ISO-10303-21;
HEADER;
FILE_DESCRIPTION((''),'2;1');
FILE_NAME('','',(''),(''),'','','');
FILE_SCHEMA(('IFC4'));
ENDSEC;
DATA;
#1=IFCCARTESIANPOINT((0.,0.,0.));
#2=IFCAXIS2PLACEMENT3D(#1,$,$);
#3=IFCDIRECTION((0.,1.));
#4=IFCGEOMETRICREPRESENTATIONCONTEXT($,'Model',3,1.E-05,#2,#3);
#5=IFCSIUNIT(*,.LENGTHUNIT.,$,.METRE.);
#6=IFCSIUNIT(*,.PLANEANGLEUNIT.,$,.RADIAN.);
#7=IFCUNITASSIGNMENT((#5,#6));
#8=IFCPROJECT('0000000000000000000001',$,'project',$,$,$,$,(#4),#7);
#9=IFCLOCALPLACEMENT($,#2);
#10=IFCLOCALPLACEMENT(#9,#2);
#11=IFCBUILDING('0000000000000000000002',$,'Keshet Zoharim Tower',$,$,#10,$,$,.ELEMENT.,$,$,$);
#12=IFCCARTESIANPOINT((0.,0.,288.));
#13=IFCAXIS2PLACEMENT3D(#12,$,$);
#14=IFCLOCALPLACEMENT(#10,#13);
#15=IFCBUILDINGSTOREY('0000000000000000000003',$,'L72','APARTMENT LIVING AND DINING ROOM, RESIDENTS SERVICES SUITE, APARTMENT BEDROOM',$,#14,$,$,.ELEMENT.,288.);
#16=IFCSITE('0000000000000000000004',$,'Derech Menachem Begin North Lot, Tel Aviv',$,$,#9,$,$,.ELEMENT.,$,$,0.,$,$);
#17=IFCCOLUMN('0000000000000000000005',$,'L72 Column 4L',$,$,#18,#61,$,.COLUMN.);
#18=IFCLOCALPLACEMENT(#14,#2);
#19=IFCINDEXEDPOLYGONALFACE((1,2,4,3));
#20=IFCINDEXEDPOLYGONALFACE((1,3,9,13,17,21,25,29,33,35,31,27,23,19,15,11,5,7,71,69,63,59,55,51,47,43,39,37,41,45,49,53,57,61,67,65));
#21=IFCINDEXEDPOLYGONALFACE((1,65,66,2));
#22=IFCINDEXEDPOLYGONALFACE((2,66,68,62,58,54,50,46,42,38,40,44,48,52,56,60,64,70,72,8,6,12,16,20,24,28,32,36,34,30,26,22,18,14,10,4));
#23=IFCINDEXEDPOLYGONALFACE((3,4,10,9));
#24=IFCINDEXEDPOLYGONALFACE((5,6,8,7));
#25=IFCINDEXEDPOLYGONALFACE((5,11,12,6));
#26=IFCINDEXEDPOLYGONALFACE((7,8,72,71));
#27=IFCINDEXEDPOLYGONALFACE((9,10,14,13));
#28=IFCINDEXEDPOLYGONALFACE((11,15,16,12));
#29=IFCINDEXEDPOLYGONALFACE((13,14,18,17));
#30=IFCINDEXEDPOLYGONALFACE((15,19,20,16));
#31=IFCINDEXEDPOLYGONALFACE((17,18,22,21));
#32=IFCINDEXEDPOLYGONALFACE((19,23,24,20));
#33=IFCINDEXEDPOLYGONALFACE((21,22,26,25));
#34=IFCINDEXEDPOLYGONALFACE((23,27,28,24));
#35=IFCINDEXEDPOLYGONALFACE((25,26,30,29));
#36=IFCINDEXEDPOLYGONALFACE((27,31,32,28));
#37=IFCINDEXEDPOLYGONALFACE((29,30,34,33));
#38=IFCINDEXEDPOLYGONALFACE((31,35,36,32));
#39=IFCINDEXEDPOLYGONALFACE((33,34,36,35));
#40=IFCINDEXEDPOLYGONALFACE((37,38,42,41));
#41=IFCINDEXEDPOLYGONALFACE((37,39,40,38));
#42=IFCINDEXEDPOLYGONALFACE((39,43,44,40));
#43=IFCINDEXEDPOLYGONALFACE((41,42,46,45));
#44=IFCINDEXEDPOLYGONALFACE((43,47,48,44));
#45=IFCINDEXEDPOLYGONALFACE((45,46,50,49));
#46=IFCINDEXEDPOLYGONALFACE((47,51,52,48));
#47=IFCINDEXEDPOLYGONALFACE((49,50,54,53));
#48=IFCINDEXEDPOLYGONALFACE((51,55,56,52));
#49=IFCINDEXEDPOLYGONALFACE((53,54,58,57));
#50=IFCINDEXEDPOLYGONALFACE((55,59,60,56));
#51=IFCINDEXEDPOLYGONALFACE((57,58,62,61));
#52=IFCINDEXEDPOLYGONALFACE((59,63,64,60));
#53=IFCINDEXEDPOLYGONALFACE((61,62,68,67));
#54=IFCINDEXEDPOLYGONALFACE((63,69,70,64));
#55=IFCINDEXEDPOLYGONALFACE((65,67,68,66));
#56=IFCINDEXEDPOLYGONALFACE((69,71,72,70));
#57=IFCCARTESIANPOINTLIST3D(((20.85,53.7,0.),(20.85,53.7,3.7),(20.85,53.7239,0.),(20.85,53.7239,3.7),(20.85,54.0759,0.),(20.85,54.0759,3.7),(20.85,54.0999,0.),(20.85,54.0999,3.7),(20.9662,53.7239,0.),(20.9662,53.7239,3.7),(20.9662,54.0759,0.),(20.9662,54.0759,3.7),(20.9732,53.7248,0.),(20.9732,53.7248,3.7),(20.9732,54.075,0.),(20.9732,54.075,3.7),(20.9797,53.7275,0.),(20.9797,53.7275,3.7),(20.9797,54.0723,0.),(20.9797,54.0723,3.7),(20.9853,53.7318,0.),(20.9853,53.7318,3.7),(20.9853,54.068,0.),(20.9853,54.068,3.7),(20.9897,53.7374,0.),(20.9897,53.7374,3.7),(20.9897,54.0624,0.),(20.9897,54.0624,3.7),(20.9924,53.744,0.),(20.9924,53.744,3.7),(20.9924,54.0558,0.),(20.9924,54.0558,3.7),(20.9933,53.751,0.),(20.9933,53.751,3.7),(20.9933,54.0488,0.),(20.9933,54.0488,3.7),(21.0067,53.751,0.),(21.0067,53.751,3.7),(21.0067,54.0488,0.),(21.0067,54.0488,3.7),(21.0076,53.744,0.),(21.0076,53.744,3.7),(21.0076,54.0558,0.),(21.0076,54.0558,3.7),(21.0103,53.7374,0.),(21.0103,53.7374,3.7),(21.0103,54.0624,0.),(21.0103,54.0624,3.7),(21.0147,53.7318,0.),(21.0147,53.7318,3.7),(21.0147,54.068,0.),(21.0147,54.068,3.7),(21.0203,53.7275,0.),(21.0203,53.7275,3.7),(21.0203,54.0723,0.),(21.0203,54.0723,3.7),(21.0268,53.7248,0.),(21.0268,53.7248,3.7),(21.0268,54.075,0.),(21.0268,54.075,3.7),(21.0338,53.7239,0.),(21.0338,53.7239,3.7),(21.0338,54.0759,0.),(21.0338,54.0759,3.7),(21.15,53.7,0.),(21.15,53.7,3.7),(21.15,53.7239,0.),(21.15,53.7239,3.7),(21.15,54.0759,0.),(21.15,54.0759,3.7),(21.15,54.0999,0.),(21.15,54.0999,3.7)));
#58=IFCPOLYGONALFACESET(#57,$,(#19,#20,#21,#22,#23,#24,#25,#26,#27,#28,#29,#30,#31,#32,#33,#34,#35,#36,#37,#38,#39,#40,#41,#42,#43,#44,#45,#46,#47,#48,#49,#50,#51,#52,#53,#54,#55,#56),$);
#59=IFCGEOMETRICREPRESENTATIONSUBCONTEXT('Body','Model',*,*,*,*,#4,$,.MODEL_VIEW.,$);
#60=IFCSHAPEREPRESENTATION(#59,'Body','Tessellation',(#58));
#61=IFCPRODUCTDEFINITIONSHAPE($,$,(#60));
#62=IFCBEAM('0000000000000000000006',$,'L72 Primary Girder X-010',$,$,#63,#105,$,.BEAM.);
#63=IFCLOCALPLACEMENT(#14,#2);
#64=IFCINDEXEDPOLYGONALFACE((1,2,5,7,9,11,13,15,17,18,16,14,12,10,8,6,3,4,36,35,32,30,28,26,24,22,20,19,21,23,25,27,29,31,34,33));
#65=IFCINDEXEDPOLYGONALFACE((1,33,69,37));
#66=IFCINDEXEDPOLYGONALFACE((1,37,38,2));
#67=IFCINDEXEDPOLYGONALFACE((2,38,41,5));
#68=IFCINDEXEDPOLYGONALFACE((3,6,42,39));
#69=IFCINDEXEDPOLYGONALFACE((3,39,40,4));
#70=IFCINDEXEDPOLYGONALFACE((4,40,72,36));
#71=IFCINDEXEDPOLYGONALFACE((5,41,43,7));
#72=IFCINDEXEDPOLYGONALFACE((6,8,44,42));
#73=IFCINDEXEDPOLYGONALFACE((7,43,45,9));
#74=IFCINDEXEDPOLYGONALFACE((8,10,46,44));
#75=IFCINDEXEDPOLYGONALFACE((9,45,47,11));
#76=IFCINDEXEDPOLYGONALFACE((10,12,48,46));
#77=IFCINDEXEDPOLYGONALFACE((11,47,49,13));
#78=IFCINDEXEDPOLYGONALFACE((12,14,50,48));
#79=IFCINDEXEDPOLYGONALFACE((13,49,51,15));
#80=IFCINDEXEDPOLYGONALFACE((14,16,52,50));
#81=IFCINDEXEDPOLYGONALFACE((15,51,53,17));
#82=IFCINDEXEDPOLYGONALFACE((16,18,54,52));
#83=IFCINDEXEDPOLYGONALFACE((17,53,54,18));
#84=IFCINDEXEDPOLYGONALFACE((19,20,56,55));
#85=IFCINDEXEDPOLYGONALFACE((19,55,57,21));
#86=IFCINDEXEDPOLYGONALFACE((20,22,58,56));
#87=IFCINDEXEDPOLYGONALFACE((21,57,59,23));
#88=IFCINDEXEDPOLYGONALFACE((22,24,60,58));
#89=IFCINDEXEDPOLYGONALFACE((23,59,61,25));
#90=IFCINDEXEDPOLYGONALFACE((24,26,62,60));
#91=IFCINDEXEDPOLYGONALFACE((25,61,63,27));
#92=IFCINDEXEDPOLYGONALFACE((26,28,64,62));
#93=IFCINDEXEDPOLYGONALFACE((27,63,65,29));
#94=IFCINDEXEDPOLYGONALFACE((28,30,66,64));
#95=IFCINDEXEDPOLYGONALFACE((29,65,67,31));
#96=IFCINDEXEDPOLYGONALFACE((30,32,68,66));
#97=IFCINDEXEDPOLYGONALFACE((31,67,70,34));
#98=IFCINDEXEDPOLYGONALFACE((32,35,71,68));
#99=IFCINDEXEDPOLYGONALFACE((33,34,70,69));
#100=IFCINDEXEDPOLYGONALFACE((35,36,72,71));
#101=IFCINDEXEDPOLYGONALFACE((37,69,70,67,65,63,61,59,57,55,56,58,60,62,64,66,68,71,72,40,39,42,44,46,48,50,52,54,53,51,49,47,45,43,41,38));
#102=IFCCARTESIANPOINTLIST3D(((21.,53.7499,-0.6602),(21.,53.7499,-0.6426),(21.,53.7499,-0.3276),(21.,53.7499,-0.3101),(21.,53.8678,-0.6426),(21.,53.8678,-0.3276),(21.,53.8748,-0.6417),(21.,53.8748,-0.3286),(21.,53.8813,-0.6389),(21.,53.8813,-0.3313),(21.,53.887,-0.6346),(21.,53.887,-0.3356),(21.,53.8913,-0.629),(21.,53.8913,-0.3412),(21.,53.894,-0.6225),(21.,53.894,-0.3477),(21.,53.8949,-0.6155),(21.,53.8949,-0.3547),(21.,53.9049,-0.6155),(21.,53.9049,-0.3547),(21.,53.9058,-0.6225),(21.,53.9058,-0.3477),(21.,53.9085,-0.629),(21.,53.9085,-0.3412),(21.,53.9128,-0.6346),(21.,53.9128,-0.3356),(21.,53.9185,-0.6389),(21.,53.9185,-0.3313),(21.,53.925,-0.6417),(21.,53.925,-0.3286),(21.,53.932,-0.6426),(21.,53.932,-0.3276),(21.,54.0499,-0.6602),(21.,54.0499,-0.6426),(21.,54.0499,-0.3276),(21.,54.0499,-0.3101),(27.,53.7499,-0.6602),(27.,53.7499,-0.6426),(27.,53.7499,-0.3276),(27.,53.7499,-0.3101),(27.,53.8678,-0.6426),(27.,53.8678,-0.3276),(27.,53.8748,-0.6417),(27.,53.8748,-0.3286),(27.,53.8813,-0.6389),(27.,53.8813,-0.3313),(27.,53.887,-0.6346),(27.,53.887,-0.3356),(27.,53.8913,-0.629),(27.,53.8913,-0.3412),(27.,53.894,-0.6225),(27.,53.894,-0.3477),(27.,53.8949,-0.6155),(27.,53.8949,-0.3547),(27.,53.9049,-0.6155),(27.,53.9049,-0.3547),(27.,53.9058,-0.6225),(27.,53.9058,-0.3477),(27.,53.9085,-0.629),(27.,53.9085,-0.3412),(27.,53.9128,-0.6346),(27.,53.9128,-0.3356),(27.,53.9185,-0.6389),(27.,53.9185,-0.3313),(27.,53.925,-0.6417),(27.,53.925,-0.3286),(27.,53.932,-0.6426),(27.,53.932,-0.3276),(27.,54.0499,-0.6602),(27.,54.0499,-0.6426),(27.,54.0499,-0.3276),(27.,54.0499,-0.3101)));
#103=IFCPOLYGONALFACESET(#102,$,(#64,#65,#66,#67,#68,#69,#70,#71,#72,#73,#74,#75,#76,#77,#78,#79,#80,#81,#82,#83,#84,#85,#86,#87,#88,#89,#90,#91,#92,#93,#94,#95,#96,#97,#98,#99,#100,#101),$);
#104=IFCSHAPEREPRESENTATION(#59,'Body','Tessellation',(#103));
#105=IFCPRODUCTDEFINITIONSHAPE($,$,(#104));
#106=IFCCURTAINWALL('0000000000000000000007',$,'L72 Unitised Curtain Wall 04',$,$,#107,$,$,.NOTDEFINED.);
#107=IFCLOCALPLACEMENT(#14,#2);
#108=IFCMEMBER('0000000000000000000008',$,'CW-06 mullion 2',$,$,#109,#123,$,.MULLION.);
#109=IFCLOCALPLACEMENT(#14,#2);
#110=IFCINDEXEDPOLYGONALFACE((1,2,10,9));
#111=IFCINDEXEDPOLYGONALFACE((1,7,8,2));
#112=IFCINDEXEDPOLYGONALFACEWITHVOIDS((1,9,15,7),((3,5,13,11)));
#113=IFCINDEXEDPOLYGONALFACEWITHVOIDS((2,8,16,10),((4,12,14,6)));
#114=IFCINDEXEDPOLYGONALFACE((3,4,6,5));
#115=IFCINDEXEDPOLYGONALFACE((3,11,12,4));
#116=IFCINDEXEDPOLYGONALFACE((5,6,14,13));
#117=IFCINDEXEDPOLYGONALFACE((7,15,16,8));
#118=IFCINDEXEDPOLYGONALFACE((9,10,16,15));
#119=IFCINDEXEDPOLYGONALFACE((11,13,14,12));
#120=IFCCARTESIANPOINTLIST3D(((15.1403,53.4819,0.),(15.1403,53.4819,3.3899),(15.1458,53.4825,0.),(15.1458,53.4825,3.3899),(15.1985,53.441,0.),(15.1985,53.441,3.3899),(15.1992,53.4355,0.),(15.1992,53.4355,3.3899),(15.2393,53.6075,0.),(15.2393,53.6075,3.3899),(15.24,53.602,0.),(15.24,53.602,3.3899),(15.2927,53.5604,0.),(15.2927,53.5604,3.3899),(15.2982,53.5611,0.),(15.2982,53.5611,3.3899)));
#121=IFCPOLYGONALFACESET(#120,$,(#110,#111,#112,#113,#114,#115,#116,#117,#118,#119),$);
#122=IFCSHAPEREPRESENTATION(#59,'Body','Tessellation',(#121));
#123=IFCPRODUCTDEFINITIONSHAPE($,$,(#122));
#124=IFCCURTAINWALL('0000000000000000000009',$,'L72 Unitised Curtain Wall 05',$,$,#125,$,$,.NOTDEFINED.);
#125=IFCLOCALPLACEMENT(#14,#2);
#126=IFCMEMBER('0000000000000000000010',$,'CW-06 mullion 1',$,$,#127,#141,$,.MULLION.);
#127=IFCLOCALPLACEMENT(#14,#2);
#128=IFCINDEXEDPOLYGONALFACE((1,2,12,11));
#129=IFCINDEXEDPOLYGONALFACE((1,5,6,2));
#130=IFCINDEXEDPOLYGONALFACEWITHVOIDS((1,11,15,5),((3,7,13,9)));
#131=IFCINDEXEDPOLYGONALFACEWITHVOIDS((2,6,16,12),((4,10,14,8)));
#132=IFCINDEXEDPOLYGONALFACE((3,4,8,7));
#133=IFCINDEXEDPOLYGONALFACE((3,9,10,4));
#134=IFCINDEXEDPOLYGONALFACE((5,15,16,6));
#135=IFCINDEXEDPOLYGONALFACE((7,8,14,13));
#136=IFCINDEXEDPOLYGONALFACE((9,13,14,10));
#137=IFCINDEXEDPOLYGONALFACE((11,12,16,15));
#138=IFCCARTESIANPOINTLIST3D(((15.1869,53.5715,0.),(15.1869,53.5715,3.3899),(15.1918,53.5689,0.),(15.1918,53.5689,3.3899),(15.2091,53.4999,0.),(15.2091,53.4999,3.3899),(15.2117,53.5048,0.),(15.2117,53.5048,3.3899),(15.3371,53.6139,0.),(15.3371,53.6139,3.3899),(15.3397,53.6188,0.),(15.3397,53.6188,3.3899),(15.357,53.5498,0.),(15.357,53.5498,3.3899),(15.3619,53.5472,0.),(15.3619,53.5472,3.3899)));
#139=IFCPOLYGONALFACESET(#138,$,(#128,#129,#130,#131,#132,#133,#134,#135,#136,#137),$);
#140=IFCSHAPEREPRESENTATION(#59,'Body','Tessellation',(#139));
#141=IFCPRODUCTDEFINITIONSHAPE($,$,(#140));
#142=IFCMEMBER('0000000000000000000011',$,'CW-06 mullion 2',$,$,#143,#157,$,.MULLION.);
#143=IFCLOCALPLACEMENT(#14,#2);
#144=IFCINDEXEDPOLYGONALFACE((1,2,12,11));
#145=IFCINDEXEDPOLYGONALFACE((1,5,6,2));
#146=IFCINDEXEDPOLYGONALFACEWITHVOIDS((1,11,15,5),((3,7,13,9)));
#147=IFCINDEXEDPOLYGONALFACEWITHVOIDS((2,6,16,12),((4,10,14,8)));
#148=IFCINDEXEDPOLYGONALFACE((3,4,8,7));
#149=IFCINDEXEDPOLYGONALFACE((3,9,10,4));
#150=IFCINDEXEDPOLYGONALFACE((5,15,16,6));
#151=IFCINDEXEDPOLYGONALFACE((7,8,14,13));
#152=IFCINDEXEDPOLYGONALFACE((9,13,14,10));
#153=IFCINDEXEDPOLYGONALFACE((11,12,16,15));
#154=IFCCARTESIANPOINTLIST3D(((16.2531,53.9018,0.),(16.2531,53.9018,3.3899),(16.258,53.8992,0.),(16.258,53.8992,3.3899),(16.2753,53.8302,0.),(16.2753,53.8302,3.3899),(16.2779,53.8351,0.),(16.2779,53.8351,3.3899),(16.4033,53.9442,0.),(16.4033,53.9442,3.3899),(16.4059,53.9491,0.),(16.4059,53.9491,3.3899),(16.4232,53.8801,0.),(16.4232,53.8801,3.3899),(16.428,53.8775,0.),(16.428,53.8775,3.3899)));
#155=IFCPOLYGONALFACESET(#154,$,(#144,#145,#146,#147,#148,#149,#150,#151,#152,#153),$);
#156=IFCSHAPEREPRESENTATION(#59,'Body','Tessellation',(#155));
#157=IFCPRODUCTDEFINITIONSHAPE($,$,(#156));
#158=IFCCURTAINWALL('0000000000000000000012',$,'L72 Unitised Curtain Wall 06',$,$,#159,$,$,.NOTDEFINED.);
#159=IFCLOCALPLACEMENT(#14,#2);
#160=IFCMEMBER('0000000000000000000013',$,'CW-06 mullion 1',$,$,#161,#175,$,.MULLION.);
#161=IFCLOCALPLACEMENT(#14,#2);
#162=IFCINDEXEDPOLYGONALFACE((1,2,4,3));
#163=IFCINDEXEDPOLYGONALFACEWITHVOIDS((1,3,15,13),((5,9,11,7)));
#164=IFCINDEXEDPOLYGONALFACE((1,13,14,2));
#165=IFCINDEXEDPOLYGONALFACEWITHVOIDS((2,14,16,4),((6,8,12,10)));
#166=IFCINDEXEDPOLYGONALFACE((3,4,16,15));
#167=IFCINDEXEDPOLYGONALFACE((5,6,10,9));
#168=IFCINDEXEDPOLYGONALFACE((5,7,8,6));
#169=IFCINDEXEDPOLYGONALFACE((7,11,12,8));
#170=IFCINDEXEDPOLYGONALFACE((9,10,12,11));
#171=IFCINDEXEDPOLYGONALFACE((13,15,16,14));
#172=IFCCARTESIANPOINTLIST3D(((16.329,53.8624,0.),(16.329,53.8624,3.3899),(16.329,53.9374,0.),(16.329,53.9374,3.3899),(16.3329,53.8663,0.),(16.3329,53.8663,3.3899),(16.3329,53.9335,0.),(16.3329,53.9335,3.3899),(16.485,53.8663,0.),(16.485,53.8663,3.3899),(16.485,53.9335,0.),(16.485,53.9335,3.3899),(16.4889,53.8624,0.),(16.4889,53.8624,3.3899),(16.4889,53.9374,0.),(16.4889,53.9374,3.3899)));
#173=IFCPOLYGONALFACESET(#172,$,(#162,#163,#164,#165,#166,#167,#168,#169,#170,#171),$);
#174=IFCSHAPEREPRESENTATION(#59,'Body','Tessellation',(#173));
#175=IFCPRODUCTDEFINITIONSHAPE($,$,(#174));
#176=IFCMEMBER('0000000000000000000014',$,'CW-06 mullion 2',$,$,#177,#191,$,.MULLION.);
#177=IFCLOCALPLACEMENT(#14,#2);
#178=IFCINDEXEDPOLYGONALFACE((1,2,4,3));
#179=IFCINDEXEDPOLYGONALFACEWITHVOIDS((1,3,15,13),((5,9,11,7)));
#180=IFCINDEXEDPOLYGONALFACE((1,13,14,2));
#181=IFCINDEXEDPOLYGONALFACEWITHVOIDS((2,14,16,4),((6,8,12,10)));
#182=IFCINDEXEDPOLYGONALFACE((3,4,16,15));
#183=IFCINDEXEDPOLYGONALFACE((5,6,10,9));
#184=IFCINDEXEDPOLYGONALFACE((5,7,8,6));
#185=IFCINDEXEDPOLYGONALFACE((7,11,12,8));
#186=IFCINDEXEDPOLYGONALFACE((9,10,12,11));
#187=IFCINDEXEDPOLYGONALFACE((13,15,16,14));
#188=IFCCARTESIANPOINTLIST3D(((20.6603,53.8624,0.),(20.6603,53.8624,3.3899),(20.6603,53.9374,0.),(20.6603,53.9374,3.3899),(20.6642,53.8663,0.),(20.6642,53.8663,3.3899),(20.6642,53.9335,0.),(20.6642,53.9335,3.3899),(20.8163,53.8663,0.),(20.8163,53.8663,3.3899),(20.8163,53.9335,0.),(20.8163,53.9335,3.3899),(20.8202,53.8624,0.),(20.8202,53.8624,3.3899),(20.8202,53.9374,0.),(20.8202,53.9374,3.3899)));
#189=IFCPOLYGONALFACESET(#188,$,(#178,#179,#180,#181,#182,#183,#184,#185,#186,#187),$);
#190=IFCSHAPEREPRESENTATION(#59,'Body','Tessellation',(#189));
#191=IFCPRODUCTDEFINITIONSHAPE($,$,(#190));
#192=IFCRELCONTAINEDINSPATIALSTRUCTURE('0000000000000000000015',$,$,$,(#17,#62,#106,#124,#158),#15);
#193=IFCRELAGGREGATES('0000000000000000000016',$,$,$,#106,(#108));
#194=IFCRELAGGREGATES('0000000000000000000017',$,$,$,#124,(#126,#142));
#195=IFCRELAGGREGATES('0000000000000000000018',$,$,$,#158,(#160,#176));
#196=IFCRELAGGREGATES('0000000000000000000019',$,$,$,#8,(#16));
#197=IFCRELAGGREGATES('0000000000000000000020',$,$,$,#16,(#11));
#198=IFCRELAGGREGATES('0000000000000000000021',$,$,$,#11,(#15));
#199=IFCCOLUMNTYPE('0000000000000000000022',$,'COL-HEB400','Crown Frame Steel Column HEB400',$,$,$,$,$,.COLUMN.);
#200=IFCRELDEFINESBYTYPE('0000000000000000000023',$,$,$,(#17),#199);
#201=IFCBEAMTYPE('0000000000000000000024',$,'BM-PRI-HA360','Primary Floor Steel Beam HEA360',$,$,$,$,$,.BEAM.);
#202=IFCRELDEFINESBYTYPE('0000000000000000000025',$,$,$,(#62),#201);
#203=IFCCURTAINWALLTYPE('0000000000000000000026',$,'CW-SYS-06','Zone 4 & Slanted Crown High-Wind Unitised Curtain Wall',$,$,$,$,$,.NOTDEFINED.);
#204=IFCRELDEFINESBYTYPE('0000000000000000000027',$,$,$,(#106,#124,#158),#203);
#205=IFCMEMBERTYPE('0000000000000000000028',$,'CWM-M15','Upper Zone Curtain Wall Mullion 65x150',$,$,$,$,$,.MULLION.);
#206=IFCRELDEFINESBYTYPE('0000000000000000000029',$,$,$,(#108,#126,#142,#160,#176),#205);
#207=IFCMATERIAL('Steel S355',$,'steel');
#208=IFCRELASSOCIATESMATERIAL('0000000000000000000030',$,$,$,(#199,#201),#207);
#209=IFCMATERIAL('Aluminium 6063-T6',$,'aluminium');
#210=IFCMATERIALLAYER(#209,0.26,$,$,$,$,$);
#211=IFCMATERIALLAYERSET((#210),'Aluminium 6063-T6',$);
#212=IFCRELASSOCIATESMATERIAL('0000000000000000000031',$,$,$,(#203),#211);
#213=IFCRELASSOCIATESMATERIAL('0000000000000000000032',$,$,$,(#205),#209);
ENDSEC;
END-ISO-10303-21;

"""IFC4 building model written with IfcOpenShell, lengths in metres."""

from ifc_helpers import new_model, si_unit, direction, frame, origin, origin_2d, place, context, subcontext, project, spatial, hollow_rectangle, i_section, extrude, material, layer, layer_set, material_profile, profile_set, type_object, element, aggregate, save


model = new_model("IFC4")

# Units and contexts
model_context = context("Model", 3, precision=1e-05, world=origin(), true_north=direction((0.0, 1.0)))
body_context = subcontext(model_context, "Body", "Model", "MODEL_VIEW")
ifc_project = project(units=[si_unit("LENGTHUNIT", "METRE"), si_unit("PLANEANGLEUNIT", "RADIAN")], contexts=[model_context])

# Site, building, storey
site_placement = place(None, origin())
site = spatial("IfcSite", under=ifc_project, at=site_placement, Name="Derech Menachem Begin North Lot, Tel Aviv", CompositionType="ELEMENT", RefElevation=0.0)
building_placement = place(site_placement, origin())
building = spatial("IfcBuilding", under=site, at=building_placement, Name="Keshet Zoharim Tower", CompositionType="ELEMENT")
storey_placement = place(building_placement, frame((0.0, 0.0, 288.0)))
storey = spatial("IfcBuildingStorey", under=building, at=storey_placement, Name="L72", Description="APARTMENT LIVING AND DINING ROOM, RESIDENTS SERVICES SUITE, APARTMENT BEDROOM", CompositionType="ELEMENT", Elevation=288.0)

# Column
ifc_material_1 = material(Name="Steel S355", Category="steel")
ifc_material_profile_1 = material_profile(ifc_material_1, i_section(OverallWidth=0.3, OverallDepth=0.3999, WebThickness=0.0134, FlangeThickness=0.0239, FilletRadius=0.0271, at=origin_2d()), Name="HEB400")
ifc_profile_set_1 = profile_set([ifc_material_profile_1], Name="Steel S355")
column_type = type_object("IfcColumnType", Name="COL-HEB400", Description="Crown Frame Steel Column HEB400", PredefinedType="COLUMN", material=ifc_profile_set_1)
column_placement = place(storey_placement, frame((21.0, 53.8999, 0.0), z_axis=(0.0, 0.0, 1.0), x_axis=(1.0, 0.0, 0.0)))
element("IfcColumn", 1, at=column_placement, inside=storey, type_object=column_type, Name="L72 Column 4L", PredefinedType="COLUMN", context=body_context, shape_type="SweptSolid", body=[
    extrude(i_section(OverallWidth=0.3, OverallDepth=0.3999, WebThickness=0.0134, FlangeThickness=0.0239, FilletRadius=0.0271, at=origin_2d()), origin(), (0.0, 0.0, 1.0), 3.7),
])

# Beam
ifc_material_profile_2 = material_profile(ifc_material_1, i_section(OverallWidth=0.3, OverallDepth=0.3501, WebThickness=0.01, FlangeThickness=0.0176, FilletRadius=0.0271, at=origin_2d()), Name="HEA360")
ifc_profile_set_2 = profile_set([ifc_material_profile_2], Name="Steel S355")
beam_type = type_object("IfcBeamType", Name="BM-PRI-HA360", Description="Primary Floor Steel Beam HEA360", PredefinedType="BEAM", material=ifc_profile_set_2)
beam_placement = place(storey_placement, frame((21.0, 53.8999, -0.4851), z_axis=(1.0, 0.0, 0.0), x_axis=(0.0, 1.0, 0.0)))
element("IfcBeam", 2, at=beam_placement, inside=storey, type_object=beam_type, Name="L72 Primary Girder X-010", PredefinedType="BEAM", context=body_context, shape_type="SweptSolid", body=[
    extrude(i_section(OverallWidth=0.3, OverallDepth=0.3501, WebThickness=0.01, FlangeThickness=0.0176, FilletRadius=0.0271, at=origin_2d()), origin(), (0.0, 0.0, 1.0), 6.0),
])

# Curtain wall, member
ifc_material_2 = material(Name="Aluminium 6063-T6", Category="aluminium")
ifc_layer_1 = layer(ifc_material_2, 0.26)
ifc_layer_set_1 = layer_set([ifc_layer_1], Name="Aluminium 6063-T6")
curtain_wall_type = type_object("IfcCurtainWallType", Name="CW-SYS-06", Description="Zone 4 & Slanted Crown High-Wind Unitised Curtain Wall", PredefinedType="NOTDEFINED", material=ifc_layer_set_1)
curtain_wall_1_placement = place(storey_placement, origin())
curtain_wall_1 = element("IfcCurtainWall", 3, at=curtain_wall_1_placement, inside=storey, type_object=curtain_wall_type, Name="L72 Unitised Curtain Wall 04", PredefinedType="NOTDEFINED")
ifc_material_profile_3 = material_profile(ifc_material_2, hollow_rectangle(XDim=0.075, YDim=0.1599, WallThickness=0.0039, at=origin_2d()), Name="MUL-75x160")
ifc_profile_set_3 = profile_set([ifc_material_profile_3], Name="Aluminium 6063-T6")
member_type_1 = type_object("IfcMemberType", Name="CWM-M15", Description="Upper Zone Curtain Wall Mullion 65x150", PredefinedType="MULLION", material=ifc_profile_set_3)
member_1_placement = place(storey_placement, frame((15.2192, 53.5215, 0.0), z_axis=(0.0, 0.0, 1.0), x_axis=(-0.785293, 0.619125, 0.0)))
member_1 = element("IfcMember", 4, at=member_1_placement, type_object=member_type_1, Name="CW-06 mullion 2", PredefinedType="MULLION", context=body_context, shape_type="SweptSolid", body=[
    extrude(hollow_rectangle(XDim=0.075, YDim=0.1599, WallThickness=0.0039, at=origin_2d()), origin(), (0.0, 0.0, 1.0), 3.3899),
])

# Curtain walls, members
curtain_wall_2_placement = place(storey_placement, origin())
curtain_wall_2 = element("IfcCurtainWall", 5, at=curtain_wall_2_placement, inside=storey, type_object=curtain_wall_type, Name="L72 Unitised Curtain Wall 05", PredefinedType="NOTDEFINED")
member_2_placement = place(storey_placement, frame((15.2744, 53.5593, 0.0), z_axis=(0.0, 0.0, 1.0), x_axis=(-0.295922, 0.955212, 0.0)))
member_2 = element("IfcMember", 6, at=member_2_placement, type_object=member_type_1, Name="CW-06 mullion 1", PredefinedType="MULLION", context=body_context, shape_type="SweptSolid", body=[
    extrude(hollow_rectangle(XDim=0.075, YDim=0.1599, WallThickness=0.0039, at=origin_2d()), origin(), (0.0, 0.0, 1.0), 3.3899),
])
member_3_placement = place(storey_placement, frame((16.3406, 53.8896, 0.0), z_axis=(0.0, 0.0, 1.0), x_axis=(-0.295922, 0.955212, 0.0)))
member_3 = element("IfcMember", 7, at=member_3_placement, type_object=member_type_1, Name="CW-06 mullion 2", PredefinedType="MULLION", context=body_context, shape_type="SweptSolid", body=[
    extrude(hollow_rectangle(XDim=0.075, YDim=0.1599, WallThickness=0.0039, at=origin_2d()), origin(), (0.0, 0.0, 1.0), 3.3899),
])
curtain_wall_3_placement = place(storey_placement, origin())
curtain_wall_3 = element("IfcCurtainWall", 8, at=curtain_wall_3_placement, inside=storey, type_object=curtain_wall_type, Name="L72 Unitised Curtain Wall 06", PredefinedType="NOTDEFINED")
member_4_placement = place(storey_placement, frame((16.4089, 53.8999, 0.0), z_axis=(0.0, 0.0, 1.0), x_axis=(0.0, 1.0, 0.0)))
member_4 = element("IfcMember", 9, at=member_4_placement, type_object=member_type_1, Name="CW-06 mullion 1", PredefinedType="MULLION", context=body_context, shape_type="SweptSolid", body=[
    extrude(hollow_rectangle(XDim=0.075, YDim=0.1599, WallThickness=0.0039, at=origin_2d()), origin(), (0.0, 0.0, 1.0), 3.3899),
])
member_5_placement = place(storey_placement, frame((20.7402, 53.8999, 0.0), z_axis=(0.0, 0.0, 1.0), x_axis=(0.0, 1.0, 0.0)))
member_5 = element("IfcMember", 10, at=member_5_placement, type_object=member_type_1, Name="CW-06 mullion 2", PredefinedType="MULLION", context=body_context, shape_type="SweptSolid", body=[
    extrude(hollow_rectangle(XDim=0.075, YDim=0.1599, WallThickness=0.0039, at=origin_2d()), origin(), (0.0, 0.0, 1.0), 3.3899),
])

aggregate(curtain_wall_1, [member_1])
aggregate(curtain_wall_2, [member_2, member_3])
aggregate(curtain_wall_3, [member_4, member_5])

save(model, "model.ifc")
